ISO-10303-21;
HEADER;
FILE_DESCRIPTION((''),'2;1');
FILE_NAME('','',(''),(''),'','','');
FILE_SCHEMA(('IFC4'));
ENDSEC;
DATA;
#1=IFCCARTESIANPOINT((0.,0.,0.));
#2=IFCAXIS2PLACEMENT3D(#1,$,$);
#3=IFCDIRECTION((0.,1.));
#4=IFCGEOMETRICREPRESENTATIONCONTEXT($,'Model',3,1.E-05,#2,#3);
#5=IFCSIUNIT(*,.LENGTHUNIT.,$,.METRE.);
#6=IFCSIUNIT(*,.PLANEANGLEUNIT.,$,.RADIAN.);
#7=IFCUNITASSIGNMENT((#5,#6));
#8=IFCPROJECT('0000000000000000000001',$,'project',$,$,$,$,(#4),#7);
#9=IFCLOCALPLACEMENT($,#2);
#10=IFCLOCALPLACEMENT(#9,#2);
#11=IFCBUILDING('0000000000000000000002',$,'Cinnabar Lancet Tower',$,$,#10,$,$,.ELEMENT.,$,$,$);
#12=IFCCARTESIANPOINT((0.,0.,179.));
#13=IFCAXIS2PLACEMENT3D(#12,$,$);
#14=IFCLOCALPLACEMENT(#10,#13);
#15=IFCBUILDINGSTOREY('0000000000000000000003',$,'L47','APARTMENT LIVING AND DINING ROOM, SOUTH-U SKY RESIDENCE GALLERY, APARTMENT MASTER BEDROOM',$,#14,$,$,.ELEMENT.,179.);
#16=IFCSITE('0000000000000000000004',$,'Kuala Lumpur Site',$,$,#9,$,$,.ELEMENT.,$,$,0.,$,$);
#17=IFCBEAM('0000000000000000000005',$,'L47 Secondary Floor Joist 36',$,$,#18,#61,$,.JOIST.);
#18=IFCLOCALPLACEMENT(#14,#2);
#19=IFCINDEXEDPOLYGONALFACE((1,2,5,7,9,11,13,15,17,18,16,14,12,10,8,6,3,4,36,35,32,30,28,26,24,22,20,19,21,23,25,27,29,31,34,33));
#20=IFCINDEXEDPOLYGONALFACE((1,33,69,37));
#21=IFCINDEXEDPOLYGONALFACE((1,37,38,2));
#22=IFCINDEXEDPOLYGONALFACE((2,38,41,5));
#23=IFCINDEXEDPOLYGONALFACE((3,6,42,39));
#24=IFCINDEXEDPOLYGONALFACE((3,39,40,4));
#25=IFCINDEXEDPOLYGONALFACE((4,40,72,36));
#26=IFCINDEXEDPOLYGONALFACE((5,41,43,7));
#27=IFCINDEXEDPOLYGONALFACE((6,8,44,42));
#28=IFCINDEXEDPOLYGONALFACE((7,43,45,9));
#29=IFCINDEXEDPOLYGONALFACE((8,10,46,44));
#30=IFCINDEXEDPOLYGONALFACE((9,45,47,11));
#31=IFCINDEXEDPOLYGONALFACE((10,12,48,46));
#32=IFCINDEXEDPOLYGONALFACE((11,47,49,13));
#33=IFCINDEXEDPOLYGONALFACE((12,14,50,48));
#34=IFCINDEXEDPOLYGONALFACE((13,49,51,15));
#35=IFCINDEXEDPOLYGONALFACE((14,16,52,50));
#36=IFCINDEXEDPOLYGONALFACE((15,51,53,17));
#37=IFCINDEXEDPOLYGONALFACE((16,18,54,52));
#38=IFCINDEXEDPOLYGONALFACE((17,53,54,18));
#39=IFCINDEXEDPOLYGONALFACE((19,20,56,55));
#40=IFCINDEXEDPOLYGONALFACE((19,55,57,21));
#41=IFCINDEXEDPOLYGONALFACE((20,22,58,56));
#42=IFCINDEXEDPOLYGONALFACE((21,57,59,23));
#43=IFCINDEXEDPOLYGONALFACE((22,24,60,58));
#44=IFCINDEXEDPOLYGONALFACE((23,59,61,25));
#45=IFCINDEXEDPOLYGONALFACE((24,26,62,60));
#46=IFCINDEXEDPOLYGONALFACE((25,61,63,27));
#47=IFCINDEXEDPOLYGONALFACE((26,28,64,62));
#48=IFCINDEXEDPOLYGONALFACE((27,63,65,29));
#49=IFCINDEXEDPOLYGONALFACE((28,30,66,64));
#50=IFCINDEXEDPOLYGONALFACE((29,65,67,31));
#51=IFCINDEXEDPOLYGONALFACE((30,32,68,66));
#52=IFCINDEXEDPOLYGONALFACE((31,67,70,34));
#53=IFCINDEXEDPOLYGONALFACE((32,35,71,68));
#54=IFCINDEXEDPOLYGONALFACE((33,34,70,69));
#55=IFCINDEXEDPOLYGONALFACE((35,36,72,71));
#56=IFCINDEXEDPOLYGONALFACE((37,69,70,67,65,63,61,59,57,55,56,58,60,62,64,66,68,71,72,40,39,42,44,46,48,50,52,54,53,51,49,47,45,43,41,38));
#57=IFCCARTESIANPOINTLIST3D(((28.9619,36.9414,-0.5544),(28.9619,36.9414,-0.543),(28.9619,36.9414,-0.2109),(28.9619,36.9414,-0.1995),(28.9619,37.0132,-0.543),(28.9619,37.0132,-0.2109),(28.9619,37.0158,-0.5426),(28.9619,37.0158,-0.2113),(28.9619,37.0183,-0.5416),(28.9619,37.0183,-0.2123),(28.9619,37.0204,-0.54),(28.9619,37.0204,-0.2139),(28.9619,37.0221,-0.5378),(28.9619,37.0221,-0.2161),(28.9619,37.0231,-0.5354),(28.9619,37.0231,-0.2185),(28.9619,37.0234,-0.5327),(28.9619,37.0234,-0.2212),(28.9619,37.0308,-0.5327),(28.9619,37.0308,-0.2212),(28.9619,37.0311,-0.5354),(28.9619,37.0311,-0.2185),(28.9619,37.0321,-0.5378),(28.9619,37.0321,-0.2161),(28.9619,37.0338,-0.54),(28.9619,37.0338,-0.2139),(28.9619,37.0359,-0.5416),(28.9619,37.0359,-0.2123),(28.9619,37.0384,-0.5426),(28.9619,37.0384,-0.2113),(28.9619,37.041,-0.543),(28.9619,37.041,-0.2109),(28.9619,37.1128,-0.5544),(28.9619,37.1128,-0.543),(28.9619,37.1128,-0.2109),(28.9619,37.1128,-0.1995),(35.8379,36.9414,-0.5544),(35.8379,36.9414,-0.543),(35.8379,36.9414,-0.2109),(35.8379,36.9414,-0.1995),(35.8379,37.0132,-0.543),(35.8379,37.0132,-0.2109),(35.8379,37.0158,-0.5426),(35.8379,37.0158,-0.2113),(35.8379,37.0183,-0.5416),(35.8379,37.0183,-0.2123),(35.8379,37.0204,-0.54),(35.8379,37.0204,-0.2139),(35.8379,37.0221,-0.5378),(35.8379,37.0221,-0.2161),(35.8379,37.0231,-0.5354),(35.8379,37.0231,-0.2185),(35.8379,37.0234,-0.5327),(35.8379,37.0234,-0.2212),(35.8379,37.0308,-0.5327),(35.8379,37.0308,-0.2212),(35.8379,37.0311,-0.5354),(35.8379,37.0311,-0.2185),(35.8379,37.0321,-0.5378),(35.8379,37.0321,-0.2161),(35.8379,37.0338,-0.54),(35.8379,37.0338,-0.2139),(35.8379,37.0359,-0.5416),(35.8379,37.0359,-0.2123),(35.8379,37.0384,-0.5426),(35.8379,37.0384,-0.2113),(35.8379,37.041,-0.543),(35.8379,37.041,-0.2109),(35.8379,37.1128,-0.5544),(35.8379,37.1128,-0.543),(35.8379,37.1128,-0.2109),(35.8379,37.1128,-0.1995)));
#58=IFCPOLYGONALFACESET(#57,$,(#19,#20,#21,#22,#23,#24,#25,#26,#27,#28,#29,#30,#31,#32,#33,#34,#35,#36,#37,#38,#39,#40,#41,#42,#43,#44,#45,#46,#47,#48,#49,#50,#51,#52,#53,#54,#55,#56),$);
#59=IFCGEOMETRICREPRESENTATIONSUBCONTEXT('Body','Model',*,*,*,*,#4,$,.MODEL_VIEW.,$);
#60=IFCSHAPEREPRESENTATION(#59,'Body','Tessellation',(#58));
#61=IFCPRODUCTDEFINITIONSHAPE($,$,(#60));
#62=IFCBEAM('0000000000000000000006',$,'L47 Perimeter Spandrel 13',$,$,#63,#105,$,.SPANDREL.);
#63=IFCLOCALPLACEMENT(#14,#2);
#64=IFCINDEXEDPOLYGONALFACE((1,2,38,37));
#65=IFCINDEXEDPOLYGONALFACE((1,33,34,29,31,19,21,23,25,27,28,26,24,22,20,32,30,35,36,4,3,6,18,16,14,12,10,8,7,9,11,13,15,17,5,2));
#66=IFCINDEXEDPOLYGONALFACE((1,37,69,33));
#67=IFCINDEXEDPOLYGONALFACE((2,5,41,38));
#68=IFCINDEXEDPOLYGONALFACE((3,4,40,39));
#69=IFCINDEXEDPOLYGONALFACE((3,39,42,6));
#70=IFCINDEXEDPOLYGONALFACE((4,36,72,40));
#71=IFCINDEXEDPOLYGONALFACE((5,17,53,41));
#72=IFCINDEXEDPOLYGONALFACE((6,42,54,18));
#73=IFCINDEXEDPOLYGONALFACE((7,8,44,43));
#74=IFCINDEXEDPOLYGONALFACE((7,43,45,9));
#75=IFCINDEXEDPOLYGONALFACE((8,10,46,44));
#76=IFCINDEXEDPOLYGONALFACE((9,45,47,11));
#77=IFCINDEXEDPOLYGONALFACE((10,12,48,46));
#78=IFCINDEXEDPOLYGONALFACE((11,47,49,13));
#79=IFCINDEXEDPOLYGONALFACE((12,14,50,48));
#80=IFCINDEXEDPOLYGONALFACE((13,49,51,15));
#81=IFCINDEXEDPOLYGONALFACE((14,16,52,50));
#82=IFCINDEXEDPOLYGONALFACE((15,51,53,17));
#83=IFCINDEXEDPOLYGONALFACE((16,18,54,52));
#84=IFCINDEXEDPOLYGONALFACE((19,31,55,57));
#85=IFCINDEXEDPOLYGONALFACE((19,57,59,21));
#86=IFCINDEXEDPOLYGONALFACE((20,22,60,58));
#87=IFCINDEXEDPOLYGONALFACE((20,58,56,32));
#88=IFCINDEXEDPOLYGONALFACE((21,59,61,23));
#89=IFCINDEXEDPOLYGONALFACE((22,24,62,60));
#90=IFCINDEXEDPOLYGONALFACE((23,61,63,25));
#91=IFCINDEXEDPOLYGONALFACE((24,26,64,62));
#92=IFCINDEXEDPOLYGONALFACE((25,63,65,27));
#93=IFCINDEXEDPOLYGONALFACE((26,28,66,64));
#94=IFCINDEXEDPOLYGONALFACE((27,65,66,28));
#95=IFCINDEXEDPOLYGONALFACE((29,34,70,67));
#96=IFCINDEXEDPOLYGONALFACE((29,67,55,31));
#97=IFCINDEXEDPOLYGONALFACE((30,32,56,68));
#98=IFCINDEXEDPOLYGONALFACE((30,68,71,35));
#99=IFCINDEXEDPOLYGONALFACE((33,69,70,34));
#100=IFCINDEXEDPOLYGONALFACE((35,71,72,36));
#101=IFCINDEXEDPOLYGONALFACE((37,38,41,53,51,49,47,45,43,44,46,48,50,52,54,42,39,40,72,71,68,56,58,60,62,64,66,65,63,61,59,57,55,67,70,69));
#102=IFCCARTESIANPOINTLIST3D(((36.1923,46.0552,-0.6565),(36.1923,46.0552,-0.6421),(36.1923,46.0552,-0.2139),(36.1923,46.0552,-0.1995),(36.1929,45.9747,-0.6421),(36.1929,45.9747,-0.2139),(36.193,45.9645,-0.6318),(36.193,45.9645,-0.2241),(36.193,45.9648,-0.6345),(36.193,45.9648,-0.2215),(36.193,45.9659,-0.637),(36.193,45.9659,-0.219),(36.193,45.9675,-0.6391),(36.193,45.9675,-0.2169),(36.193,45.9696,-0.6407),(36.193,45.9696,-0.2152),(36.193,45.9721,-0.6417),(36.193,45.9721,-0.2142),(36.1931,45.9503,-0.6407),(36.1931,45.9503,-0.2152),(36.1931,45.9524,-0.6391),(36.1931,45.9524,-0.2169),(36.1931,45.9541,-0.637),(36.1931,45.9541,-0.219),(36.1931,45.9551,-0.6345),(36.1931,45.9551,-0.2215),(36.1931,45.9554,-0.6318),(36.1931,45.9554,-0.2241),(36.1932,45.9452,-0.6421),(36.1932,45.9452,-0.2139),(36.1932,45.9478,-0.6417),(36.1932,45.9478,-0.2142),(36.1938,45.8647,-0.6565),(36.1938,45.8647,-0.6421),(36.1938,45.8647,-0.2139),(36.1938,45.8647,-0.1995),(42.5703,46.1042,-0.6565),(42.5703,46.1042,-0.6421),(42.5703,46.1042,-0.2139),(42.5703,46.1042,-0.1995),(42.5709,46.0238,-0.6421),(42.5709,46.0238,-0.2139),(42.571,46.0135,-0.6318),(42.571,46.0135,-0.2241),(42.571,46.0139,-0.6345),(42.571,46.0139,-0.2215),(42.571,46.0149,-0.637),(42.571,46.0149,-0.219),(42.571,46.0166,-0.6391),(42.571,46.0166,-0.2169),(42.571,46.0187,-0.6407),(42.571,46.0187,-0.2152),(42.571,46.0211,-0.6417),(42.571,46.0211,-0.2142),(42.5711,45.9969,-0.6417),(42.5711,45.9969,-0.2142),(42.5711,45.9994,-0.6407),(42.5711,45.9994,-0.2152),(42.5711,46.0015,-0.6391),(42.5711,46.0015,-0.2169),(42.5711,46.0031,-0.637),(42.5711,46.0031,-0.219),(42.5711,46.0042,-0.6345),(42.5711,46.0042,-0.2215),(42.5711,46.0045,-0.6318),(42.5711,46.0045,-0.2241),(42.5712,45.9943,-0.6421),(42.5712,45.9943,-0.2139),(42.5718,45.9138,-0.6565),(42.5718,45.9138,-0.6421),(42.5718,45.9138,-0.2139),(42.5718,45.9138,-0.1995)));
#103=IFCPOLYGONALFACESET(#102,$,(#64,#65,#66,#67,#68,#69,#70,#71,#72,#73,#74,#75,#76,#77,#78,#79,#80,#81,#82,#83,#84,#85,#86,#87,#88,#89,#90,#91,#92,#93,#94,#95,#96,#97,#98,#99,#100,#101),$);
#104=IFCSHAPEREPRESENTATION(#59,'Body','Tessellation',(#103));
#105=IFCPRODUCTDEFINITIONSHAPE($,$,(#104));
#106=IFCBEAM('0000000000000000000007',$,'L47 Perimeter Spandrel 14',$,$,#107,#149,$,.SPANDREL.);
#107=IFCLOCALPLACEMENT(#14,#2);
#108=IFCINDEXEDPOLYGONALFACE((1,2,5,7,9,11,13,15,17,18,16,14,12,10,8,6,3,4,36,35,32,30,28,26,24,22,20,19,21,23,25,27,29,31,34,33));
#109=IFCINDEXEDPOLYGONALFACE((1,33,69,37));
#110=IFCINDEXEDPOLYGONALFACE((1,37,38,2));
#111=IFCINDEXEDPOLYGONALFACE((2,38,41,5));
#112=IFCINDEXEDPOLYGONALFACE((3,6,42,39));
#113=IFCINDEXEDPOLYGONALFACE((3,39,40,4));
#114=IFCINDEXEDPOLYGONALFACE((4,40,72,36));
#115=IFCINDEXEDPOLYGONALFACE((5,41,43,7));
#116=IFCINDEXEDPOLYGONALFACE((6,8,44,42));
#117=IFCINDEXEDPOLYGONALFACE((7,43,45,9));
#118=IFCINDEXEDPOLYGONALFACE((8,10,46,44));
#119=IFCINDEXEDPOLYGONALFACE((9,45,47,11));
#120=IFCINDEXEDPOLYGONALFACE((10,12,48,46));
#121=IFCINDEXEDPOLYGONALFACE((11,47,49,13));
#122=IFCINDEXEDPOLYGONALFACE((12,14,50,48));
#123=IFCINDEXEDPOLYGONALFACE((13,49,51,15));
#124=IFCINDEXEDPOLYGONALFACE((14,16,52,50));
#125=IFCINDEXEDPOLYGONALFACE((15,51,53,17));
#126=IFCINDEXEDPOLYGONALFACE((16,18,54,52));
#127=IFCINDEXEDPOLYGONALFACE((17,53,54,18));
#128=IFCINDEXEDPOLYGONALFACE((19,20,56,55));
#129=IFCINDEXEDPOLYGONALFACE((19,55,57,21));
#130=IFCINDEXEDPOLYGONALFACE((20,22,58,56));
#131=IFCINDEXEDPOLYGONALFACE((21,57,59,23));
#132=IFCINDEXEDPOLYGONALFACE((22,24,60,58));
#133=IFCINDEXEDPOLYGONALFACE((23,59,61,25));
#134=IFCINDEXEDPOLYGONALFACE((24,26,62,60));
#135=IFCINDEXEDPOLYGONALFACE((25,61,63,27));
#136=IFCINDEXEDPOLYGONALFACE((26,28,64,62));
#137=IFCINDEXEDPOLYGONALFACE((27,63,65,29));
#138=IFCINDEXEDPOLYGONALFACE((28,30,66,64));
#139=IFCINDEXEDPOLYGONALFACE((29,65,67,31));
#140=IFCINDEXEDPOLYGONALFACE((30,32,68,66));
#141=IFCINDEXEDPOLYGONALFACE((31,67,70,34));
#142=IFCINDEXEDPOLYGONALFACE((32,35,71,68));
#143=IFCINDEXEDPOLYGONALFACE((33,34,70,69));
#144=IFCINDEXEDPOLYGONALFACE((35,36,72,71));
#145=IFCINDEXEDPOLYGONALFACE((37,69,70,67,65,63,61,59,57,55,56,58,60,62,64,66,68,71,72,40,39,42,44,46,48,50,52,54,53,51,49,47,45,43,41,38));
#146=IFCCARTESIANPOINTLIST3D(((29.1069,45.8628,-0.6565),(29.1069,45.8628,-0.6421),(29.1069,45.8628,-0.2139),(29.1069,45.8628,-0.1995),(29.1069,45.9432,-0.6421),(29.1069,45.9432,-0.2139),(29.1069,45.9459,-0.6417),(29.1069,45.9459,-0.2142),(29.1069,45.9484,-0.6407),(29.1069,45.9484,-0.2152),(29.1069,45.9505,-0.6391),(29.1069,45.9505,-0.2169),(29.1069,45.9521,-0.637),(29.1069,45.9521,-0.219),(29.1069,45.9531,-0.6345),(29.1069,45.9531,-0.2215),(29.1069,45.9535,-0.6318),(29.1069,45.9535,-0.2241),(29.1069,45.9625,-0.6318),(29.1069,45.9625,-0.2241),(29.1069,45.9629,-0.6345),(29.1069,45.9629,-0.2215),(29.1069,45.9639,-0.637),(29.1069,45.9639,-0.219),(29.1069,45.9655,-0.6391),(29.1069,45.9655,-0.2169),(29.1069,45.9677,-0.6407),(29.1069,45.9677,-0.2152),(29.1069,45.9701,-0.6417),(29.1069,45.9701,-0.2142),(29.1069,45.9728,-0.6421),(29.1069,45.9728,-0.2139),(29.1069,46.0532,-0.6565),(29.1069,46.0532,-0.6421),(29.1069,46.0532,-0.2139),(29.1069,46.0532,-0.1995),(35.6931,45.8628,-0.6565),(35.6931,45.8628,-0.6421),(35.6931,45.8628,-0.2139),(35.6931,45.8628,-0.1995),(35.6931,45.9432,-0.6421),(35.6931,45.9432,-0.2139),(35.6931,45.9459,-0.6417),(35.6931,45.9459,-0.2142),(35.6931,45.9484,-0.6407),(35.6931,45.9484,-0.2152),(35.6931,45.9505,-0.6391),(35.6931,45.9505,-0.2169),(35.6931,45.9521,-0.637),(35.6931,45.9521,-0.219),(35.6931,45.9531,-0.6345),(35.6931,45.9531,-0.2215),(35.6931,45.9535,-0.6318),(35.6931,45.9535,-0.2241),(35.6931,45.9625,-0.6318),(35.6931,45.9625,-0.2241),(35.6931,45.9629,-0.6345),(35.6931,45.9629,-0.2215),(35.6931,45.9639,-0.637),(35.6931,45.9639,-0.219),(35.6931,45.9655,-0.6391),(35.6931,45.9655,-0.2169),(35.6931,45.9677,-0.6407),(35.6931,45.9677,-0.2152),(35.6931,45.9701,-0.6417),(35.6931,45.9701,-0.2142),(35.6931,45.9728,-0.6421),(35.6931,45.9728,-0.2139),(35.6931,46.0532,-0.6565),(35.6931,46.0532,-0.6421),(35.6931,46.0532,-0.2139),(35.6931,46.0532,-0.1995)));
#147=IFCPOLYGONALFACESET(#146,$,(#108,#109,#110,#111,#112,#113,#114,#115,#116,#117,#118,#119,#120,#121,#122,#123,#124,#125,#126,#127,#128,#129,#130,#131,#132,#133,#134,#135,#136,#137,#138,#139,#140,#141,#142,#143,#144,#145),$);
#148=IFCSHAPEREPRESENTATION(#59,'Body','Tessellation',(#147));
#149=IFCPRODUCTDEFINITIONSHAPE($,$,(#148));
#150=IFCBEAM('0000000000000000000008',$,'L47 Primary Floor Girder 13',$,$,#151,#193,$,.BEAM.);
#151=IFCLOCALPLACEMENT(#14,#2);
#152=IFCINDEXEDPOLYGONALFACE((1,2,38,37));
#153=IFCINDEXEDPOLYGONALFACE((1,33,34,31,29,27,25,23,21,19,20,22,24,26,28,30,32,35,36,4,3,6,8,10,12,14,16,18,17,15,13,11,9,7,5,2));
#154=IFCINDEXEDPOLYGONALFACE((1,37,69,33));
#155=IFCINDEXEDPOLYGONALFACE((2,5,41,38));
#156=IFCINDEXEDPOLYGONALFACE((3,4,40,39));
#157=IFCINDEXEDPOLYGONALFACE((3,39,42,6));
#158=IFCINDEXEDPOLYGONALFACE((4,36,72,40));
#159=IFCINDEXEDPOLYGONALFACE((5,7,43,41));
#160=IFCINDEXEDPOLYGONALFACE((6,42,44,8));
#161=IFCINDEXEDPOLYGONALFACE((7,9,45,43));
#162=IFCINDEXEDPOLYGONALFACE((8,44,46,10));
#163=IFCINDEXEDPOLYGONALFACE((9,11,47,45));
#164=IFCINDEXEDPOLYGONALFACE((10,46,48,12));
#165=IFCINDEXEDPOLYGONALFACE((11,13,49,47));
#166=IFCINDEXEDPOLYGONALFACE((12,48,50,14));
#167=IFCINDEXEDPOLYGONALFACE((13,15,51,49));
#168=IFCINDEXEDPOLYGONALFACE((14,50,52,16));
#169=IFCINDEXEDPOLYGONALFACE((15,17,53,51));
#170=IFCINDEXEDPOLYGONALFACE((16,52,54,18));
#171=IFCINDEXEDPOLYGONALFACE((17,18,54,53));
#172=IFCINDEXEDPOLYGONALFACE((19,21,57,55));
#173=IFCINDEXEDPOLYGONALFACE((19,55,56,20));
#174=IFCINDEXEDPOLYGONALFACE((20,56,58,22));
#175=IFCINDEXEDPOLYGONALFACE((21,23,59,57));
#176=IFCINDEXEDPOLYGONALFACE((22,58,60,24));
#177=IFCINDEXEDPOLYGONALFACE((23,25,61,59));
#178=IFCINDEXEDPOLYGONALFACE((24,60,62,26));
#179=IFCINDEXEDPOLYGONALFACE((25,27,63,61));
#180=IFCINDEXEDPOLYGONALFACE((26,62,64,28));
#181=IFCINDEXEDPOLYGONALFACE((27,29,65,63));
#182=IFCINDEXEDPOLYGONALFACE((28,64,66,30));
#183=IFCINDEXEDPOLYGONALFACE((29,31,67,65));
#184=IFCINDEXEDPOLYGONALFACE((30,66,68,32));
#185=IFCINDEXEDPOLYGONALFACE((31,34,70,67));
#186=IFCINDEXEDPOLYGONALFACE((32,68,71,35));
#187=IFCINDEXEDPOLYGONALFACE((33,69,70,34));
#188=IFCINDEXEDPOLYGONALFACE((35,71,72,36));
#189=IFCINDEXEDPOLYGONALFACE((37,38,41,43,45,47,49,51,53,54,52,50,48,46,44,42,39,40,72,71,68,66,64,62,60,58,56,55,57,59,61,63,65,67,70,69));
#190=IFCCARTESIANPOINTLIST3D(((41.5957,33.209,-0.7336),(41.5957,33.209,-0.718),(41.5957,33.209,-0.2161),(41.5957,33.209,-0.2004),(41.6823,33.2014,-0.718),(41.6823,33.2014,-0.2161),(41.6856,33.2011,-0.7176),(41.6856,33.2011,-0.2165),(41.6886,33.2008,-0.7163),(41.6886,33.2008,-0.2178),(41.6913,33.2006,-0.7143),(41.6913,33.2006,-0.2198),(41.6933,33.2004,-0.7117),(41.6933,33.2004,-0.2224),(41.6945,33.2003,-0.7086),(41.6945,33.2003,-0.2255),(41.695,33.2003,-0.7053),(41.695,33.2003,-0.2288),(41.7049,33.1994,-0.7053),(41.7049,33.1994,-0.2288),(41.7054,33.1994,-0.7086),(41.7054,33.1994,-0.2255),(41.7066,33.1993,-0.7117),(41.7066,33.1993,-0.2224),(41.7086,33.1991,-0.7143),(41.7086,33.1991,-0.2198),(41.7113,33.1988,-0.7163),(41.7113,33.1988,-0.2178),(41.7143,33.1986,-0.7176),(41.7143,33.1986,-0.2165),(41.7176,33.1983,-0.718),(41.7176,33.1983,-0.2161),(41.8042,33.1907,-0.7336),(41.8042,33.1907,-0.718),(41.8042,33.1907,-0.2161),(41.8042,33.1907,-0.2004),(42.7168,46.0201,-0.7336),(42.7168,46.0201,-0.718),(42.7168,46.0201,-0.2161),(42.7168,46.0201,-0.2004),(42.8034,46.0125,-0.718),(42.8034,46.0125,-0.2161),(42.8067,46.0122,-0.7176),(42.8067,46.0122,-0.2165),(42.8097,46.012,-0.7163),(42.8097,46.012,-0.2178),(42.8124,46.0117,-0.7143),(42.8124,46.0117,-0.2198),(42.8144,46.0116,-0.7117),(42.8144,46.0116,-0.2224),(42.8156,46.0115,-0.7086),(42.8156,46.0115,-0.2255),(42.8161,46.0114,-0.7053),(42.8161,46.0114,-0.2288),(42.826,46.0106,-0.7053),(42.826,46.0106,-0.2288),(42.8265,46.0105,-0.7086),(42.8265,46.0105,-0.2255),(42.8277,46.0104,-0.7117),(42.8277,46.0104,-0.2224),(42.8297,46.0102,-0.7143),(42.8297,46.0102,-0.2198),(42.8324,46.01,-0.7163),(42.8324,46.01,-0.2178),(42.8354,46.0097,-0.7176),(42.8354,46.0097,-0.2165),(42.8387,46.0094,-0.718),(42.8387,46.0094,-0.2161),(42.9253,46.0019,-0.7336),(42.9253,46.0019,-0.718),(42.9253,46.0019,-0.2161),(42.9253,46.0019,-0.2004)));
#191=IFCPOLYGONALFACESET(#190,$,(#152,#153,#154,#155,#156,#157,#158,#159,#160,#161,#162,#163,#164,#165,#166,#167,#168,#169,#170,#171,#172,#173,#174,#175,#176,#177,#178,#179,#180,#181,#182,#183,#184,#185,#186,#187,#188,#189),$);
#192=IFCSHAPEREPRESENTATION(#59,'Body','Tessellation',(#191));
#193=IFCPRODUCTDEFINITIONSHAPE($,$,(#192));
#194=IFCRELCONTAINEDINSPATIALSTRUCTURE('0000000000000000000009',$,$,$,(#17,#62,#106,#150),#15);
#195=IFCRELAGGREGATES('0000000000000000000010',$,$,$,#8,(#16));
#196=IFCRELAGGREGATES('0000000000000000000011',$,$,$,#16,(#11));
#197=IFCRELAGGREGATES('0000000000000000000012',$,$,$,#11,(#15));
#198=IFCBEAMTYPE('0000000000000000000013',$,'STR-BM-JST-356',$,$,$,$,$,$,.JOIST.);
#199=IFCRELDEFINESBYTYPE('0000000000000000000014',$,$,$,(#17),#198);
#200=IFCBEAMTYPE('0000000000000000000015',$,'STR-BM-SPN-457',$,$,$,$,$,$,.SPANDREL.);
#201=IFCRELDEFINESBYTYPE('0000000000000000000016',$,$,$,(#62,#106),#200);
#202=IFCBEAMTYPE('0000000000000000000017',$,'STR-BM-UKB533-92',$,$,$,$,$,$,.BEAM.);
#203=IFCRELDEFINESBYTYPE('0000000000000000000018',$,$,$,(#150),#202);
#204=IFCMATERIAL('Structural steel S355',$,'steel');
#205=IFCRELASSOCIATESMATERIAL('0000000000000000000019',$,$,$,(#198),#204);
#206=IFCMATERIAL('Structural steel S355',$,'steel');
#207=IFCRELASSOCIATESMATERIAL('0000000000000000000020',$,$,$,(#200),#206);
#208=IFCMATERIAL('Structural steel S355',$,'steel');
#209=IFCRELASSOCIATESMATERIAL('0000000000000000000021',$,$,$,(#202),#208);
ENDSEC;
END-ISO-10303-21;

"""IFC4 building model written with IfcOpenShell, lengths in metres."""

from ifc_helpers import new_model, si_unit, direction, frame, origin, origin_2d, place, context, subcontext, project, spatial, i_section, extrude, material, material_profile, profile_set, type_object, element, save


model = new_model("IFC4")

# Units and contexts
model_context = context("Model", 3, precision=1e-05, world=origin(), true_north=direction((0.0, 1.0)))
body_context = subcontext(model_context, "Body", "Model", "MODEL_VIEW")
ifc_project = project(units=[si_unit("LENGTHUNIT", "METRE"), si_unit("PLANEANGLEUNIT", "RADIAN")], contexts=[model_context])

# Site, building, storey
site_placement = place(None, origin())
site = spatial("IfcSite", under=ifc_project, at=site_placement, Name="Kuala Lumpur Site", CompositionType="ELEMENT", RefElevation=0.0)
building_placement = place(site_placement, origin())
building = spatial("IfcBuilding", under=site, at=building_placement, Name="Cinnabar Lancet Tower", CompositionType="ELEMENT")
storey_placement = place(building_placement, frame((0.0, 0.0, 179.0)))
storey = spatial("IfcBuildingStorey", under=building, at=storey_placement, Name="L47", Description="APARTMENT LIVING AND DINING ROOM, SOUTH-U SKY RESIDENCE GALLERY, APARTMENT MASTER BEDROOM", CompositionType="ELEMENT", Elevation=179.0)

# Beams
ifc_material_1 = material(Name="Structural steel S355", Category="steel")
ifc_material_profile_1 = material_profile(ifc_material_1, i_section(OverallWidth=0.1714, OverallDepth=0.355, WebThickness=0.0073, FlangeThickness=0.0115, FilletRadius=0.0103, at=origin_2d()), Name="UKB 356x171x51")
ifc_profile_set_1 = profile_set([ifc_material_profile_1], Name="Structural steel S355")
beam_type_1 = type_object("IfcBeamType", Name="STR-BM-JST-356", PredefinedType="JOIST", material=ifc_profile_set_1)
for number, where, z_axis, x_axis, name in (
    (1, (35.8379, 37.0271, -0.377), (-1.0, 0.0, 0.0), (0.0, -1.0, 0.0), "L47 Secondary Floor Joist 36"),
):
    element("IfcBeam", number, at=place(storey_placement, frame(where, z_axis=z_axis, x_axis=x_axis)), inside=storey, type_object=beam_type_1, Name=name, PredefinedType="JOIST", context=body_context, shape_type="SweptSolid", body=[
        extrude(i_section(OverallWidth=0.1714, OverallDepth=0.355, WebThickness=0.0073, FlangeThickness=0.0115, FilletRadius=0.0103, at=origin_2d()), origin(), (0.0, 0.0, 1.0), 6.876),
    ])
ifc_material_2 = material(Name="Structural steel S355", Category="steel")
ifc_material_profile_2 = material_profile(ifc_material_2, i_section(OverallWidth=0.1904, OverallDepth=0.457, WebThickness=0.009, FlangeThickness=0.0144, FilletRadius=0.0103, at=origin_2d()), Name="UKB 457x191x74")
ifc_profile_set_2 = profile_set([ifc_material_profile_2], Name="Structural steel S355")
beam_type_2 = type_object("IfcBeamType", Name="STR-BM-SPN-457", PredefinedType="SPANDREL", material=ifc_profile_set_2)
beam_1_placement = place(storey_placement, frame((42.571, 46.009, -0.428), z_axis=(-0.99997, -0.007694, 0.0), x_axis=(0.007694, -0.99997, 0.0)))
element("IfcBeam", 2, at=beam_1_placement, inside=storey, type_object=beam_type_2, Name="L47 Perimeter Spandrel 13", PredefinedType="SPANDREL", context=body_context, shape_type="SweptSolid", body=[
    extrude(i_section(OverallWidth=0.1904, OverallDepth=0.457, WebThickness=0.009, FlangeThickness=0.0144, FilletRadius=0.0103, at=origin_2d()), origin(), (0.0, 0.0, 1.0), 6.3782),
])
beam_2_placement = place(storey_placement, frame((35.6931, 45.958, -0.428), z_axis=(-1.0, 0.0, 0.0), x_axis=(0.0, -1.0, 0.0)))
element("IfcBeam", 3, at=beam_2_placement, inside=storey, type_object=beam_type_2, Name="L47 Perimeter Spandrel 14", PredefinedType="SPANDREL", context=body_context, shape_type="SweptSolid", body=[
    extrude(i_section(OverallWidth=0.1904, OverallDepth=0.457, WebThickness=0.009, FlangeThickness=0.0144, FilletRadius=0.0103, at=origin_2d()), origin(), (0.0, 0.0, 1.0), 6.5862),
])
ifc_material_3 = material(Name="Structural steel S355", Category="steel")
ifc_material_profile_3 = material_profile(ifc_material_3, i_section(OverallWidth=0.2092, OverallDepth=0.5332, WebThickness=0.01, FlangeThickness=0.0156, FilletRadius=0.0127, at=origin_2d()), Name="UKB 533x210x92")
ifc_profile_set_3 = profile_set([ifc_material_profile_3], Name="Structural steel S355")
beam_type_3 = type_object("IfcBeamType", Name="STR-BM-UKB533-92", PredefinedType="BEAM", material=ifc_profile_set_3)
beam_3_placement = place(storey_placement, frame((42.821, 46.011, -0.467), z_axis=(-0.087177, -0.996193, 0.0), x_axis=(0.996193, -0.087177, 0.0)))
element("IfcBeam", 4, at=beam_3_placement, inside=storey, type_object=beam_type_3, Name="L47 Primary Floor Girder 13", PredefinedType="BEAM", context=body_context, shape_type="SweptSolid", body=[
    extrude(i_section(OverallWidth=0.2092, OverallDepth=0.5332, WebThickness=0.01, FlangeThickness=0.0156, FilletRadius=0.0127, at=origin_2d()), origin(), (0.0, 0.0, 1.0), 12.8601),
])

save(model, "model.ifc")
